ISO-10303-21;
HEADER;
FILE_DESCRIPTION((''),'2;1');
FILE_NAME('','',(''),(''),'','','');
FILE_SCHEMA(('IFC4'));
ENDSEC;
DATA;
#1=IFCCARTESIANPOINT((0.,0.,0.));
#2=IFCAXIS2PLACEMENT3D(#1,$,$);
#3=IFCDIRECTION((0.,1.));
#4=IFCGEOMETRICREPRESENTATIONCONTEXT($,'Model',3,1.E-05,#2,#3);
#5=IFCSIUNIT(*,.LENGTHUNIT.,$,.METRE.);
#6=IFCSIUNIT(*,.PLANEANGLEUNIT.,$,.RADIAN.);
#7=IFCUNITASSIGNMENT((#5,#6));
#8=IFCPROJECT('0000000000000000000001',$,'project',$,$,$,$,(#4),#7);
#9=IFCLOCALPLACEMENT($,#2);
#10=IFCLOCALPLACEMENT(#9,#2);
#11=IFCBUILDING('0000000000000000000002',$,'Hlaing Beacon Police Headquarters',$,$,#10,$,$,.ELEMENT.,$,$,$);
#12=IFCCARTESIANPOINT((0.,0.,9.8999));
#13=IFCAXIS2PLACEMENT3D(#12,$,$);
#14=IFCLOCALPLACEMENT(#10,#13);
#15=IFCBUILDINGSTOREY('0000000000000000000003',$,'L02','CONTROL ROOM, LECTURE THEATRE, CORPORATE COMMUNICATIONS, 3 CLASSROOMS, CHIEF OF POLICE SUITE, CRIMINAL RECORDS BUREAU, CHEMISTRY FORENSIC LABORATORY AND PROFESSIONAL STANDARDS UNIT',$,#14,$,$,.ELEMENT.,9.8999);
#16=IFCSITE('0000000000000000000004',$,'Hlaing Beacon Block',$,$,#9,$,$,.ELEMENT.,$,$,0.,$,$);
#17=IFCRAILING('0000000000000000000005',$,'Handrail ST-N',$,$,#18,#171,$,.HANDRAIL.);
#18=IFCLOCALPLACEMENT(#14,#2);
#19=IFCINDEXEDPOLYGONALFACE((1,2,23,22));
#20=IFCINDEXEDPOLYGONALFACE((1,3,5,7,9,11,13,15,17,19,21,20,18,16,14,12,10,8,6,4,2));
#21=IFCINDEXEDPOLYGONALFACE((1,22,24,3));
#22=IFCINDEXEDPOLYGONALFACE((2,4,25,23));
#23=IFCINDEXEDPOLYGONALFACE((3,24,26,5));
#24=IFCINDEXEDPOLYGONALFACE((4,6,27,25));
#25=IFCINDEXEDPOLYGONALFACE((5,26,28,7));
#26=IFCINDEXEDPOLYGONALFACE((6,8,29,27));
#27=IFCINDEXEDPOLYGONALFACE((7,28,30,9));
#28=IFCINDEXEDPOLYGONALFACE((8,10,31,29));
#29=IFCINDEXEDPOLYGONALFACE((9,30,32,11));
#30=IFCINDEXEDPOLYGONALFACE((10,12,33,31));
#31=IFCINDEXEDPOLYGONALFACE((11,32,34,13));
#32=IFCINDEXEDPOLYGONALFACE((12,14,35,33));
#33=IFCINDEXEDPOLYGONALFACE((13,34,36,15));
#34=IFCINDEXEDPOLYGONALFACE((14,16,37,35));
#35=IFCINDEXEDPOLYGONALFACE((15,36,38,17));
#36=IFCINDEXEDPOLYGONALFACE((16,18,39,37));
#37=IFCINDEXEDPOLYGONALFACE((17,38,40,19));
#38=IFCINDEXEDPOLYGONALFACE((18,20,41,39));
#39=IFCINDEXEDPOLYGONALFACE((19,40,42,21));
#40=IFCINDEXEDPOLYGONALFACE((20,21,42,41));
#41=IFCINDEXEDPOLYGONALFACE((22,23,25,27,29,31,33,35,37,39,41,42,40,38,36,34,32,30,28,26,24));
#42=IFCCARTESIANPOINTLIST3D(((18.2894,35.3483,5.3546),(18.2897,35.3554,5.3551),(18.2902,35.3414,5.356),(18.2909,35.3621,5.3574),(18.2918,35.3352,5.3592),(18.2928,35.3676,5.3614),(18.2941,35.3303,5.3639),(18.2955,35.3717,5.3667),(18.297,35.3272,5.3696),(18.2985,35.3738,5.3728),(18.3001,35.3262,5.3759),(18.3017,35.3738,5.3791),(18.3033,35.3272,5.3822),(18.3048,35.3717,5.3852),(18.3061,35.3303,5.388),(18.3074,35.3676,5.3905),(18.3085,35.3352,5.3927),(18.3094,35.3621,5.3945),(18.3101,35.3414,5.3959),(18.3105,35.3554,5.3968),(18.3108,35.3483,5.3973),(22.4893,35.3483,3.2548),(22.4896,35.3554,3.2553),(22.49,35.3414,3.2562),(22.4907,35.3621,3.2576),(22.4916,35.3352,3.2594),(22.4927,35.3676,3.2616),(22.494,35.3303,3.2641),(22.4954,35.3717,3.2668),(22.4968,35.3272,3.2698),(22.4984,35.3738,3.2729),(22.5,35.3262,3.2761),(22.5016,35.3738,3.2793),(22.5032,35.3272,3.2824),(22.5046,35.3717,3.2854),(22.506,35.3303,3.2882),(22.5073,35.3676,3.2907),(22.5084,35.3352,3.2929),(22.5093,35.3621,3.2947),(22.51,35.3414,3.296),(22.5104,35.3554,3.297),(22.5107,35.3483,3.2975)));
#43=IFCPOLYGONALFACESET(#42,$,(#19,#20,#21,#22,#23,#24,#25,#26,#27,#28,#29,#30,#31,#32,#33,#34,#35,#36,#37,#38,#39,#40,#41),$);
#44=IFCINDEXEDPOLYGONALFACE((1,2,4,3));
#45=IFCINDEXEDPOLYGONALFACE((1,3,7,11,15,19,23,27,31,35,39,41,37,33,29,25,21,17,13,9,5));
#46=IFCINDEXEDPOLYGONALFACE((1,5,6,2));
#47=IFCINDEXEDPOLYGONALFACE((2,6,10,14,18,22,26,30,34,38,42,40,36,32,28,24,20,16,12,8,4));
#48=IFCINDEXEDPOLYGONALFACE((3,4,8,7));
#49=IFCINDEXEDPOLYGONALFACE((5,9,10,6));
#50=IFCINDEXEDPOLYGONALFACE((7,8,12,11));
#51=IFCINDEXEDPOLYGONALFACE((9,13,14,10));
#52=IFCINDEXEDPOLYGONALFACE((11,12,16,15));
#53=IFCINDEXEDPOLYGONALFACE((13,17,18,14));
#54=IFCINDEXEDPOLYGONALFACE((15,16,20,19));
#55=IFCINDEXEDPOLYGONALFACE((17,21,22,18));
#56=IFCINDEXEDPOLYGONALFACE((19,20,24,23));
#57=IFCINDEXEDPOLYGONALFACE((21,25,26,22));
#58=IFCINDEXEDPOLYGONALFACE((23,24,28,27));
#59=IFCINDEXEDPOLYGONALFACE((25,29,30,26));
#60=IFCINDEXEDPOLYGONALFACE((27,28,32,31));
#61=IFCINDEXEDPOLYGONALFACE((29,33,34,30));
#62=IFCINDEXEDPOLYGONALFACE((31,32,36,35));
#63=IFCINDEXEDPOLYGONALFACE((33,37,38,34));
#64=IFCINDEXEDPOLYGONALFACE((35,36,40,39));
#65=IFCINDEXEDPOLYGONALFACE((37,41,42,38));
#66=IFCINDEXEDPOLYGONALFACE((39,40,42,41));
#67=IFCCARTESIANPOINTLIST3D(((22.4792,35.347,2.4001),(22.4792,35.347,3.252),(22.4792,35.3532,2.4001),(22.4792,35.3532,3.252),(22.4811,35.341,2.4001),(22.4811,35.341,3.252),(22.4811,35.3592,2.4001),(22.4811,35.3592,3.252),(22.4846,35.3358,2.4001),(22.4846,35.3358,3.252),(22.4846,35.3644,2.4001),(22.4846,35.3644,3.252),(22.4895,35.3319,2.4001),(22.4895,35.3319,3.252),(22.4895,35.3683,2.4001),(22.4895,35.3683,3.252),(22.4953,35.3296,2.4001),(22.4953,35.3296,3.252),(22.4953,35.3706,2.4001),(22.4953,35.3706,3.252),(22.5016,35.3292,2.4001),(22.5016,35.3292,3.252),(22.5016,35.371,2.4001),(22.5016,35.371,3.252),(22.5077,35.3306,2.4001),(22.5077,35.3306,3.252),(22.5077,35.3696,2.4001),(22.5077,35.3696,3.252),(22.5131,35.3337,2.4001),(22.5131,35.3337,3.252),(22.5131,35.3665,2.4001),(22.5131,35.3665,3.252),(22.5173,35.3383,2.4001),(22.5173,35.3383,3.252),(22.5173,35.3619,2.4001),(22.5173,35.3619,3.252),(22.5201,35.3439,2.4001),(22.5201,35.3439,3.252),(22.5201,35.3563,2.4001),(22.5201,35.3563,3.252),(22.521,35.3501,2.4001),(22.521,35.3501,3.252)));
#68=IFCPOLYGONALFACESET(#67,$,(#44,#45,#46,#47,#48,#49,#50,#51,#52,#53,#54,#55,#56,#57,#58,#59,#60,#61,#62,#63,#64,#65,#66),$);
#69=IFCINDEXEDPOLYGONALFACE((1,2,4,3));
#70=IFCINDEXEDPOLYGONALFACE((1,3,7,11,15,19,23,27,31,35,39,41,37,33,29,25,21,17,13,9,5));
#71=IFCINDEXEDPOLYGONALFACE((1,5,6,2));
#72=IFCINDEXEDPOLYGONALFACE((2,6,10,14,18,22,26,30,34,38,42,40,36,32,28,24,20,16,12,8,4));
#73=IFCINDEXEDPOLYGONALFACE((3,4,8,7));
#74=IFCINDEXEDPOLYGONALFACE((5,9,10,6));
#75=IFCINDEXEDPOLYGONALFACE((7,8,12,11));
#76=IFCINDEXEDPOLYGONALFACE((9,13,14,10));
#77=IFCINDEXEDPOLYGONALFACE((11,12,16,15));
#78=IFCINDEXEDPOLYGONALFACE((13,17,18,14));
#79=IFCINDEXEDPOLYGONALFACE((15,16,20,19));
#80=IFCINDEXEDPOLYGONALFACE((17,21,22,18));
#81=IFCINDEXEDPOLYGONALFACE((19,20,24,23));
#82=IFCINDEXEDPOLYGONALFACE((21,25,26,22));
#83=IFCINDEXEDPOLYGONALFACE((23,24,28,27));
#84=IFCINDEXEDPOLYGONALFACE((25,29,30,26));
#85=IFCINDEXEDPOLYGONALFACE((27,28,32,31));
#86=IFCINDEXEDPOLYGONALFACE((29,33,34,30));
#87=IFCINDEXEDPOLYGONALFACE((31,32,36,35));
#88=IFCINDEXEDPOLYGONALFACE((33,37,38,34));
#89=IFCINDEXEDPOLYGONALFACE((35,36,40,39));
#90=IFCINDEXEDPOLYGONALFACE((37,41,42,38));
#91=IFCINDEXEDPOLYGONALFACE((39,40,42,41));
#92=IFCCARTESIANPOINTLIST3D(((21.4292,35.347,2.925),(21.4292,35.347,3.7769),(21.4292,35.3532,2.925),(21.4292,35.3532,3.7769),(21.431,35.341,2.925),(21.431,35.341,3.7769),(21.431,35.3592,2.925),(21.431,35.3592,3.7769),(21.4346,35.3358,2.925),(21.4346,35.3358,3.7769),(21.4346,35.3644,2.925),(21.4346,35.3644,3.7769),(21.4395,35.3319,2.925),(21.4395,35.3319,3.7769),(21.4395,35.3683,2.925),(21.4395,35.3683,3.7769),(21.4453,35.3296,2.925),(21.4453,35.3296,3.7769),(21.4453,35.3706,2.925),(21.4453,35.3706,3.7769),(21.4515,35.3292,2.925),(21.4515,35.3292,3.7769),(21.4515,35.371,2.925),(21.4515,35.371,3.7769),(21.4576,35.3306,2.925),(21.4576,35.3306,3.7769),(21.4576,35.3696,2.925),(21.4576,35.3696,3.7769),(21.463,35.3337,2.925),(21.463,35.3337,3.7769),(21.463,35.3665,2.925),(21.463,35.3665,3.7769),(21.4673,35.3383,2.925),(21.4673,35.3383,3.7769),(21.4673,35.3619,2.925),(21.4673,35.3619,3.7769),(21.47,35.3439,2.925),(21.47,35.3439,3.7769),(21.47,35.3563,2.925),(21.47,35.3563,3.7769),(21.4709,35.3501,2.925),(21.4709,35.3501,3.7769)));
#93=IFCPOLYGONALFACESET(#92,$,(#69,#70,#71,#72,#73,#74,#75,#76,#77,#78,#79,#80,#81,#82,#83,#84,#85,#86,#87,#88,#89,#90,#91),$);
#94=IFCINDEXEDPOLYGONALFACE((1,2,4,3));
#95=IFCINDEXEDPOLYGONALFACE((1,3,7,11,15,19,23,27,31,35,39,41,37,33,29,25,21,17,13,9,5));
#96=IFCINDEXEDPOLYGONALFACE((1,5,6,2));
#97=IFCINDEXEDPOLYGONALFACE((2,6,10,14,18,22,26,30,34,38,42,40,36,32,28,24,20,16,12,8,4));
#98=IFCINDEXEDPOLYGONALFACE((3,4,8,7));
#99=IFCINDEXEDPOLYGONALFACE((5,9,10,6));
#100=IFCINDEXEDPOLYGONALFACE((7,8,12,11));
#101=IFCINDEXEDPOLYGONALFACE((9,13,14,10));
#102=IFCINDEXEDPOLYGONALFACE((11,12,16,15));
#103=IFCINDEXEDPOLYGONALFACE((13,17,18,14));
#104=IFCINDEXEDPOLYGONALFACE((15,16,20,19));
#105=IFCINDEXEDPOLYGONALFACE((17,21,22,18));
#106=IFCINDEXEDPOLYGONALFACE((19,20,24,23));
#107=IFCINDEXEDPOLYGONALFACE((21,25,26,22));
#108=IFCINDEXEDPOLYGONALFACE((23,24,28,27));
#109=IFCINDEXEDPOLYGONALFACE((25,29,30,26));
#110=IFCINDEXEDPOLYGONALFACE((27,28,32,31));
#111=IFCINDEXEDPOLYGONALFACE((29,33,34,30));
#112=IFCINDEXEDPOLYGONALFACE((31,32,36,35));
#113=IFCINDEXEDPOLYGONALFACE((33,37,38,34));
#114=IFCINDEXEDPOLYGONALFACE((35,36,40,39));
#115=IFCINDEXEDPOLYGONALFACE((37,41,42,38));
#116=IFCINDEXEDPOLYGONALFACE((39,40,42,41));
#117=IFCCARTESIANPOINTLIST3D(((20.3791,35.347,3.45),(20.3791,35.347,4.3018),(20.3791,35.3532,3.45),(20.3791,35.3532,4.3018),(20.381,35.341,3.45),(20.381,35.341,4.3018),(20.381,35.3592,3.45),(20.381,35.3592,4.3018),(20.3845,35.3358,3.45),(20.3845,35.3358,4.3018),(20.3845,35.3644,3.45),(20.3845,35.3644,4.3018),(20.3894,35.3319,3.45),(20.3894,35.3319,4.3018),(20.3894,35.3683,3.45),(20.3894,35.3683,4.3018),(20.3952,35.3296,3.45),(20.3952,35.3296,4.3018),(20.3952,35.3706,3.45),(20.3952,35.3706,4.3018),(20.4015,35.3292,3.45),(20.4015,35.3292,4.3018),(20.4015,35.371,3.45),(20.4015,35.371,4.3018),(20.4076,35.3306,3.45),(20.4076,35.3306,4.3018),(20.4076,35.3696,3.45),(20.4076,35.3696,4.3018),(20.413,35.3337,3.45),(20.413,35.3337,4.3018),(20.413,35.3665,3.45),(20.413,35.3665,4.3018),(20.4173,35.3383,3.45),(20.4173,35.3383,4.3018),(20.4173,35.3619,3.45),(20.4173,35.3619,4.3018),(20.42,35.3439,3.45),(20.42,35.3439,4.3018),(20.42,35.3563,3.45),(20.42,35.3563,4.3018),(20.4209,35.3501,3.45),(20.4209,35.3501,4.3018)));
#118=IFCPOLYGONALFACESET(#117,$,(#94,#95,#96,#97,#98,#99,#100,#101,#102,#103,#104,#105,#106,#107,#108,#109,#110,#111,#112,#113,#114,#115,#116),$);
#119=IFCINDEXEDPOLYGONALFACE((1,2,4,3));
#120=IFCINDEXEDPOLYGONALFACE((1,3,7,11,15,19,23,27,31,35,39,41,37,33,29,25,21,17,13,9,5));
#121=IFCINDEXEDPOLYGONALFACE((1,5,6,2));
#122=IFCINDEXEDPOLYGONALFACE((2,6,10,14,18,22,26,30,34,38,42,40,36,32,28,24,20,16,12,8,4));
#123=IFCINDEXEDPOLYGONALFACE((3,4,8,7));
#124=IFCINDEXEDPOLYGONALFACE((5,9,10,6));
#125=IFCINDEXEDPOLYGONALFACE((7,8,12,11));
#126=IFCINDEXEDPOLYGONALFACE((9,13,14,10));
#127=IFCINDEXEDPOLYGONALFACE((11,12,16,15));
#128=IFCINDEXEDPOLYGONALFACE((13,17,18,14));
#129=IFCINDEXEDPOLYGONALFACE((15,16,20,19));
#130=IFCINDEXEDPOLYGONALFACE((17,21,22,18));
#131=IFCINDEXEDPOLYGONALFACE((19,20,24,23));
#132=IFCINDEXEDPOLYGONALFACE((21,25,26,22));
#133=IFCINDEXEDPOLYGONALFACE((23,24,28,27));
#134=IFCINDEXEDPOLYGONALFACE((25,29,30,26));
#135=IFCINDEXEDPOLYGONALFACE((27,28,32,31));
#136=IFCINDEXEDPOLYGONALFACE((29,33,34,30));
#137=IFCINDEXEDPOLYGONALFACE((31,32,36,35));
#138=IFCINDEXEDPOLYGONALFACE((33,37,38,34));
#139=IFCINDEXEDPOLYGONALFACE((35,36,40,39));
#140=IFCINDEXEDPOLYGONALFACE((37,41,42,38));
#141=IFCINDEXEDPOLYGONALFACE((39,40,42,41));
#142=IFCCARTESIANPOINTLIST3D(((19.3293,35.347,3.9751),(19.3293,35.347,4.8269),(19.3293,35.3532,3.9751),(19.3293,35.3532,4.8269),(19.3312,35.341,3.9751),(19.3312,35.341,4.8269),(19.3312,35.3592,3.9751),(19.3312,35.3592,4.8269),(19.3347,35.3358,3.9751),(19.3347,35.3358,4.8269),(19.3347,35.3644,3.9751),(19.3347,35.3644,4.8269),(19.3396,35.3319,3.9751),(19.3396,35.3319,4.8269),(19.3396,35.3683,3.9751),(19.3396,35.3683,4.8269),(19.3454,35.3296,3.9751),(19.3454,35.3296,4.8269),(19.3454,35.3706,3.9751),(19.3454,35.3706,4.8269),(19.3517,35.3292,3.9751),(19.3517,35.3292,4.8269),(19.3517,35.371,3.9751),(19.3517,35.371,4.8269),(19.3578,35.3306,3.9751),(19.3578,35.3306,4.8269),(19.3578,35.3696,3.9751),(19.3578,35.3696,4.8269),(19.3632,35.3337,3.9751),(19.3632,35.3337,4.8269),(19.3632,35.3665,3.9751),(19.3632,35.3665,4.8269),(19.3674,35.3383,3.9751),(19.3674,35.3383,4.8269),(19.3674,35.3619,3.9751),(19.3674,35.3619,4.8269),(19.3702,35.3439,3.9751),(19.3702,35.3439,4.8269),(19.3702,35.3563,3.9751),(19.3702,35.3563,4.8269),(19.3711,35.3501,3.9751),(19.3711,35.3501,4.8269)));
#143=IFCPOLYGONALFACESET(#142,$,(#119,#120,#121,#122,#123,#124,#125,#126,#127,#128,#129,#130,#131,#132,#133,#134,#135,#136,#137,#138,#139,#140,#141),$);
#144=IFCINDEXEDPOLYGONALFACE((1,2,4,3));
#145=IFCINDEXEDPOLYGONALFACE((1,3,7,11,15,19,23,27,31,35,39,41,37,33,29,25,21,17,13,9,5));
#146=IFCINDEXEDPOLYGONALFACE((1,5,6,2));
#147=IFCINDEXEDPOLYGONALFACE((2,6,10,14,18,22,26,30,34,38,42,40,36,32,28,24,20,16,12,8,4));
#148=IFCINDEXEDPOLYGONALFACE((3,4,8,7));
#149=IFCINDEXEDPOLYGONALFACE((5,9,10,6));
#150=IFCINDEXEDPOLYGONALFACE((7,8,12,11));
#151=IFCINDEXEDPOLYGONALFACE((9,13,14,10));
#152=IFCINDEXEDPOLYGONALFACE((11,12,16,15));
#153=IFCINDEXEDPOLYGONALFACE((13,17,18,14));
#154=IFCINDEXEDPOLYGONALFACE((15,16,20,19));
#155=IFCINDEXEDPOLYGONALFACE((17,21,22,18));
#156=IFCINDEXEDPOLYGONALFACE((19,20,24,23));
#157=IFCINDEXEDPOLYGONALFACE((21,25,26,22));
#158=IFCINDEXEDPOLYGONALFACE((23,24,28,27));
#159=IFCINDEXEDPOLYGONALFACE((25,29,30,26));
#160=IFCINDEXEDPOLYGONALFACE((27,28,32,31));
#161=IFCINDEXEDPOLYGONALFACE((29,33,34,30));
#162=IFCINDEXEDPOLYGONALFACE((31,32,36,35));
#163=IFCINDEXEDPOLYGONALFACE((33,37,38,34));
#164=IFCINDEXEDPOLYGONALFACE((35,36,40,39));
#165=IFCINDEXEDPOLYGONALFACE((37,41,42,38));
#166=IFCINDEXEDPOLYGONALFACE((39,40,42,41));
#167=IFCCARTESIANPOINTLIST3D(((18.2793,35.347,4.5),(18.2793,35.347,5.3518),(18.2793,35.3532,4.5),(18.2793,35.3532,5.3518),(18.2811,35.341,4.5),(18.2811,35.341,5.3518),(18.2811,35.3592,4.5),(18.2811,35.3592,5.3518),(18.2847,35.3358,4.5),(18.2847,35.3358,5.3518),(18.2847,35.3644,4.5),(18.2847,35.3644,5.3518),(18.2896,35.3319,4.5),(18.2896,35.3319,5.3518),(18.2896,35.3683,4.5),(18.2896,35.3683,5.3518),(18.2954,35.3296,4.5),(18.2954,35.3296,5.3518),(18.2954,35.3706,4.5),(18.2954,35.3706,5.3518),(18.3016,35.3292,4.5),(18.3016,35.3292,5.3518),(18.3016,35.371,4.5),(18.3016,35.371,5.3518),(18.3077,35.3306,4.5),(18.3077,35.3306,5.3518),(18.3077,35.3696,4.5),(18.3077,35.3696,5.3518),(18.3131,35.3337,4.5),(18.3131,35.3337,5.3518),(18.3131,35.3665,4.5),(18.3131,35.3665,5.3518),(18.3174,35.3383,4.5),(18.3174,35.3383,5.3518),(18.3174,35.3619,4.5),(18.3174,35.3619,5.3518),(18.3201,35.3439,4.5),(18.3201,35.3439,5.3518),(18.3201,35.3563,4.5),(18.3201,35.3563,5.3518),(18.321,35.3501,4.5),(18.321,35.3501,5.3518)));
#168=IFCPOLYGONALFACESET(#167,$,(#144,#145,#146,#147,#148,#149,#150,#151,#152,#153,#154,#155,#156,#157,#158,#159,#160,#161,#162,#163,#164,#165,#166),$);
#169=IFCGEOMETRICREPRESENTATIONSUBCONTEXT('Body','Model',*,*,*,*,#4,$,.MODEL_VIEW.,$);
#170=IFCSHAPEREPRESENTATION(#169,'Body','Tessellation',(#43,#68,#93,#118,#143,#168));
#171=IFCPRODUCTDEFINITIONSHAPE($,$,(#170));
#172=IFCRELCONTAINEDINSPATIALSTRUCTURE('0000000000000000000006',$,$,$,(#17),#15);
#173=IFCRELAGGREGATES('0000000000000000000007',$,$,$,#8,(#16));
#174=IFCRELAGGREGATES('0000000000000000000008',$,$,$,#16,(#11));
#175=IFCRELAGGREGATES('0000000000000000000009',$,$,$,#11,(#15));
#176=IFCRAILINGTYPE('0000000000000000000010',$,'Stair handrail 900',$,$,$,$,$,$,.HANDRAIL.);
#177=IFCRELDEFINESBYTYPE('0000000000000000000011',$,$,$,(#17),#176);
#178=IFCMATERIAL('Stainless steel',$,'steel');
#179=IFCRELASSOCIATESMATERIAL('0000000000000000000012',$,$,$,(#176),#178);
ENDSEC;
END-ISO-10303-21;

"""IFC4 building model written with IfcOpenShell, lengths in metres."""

from ifc_helpers import new_model, si_unit, direction, frame, origin, origin_2d, place, context, subcontext, project, spatial, circle, extrude, material, type_object, element, save


model = new_model("IFC4")

# Units and contexts
model_context = context("Model", 3, precision=1e-05, world=origin(), true_north=direction((0.0, 1.0)))
body_context = subcontext(model_context, "Body", "Model", "MODEL_VIEW")
ifc_project = project(units=[si_unit("LENGTHUNIT", "METRE"), si_unit("PLANEANGLEUNIT", "RADIAN")], contexts=[model_context])

# Site, building, storey
site_placement = place(None, origin())
site = spatial("IfcSite", under=ifc_project, at=site_placement, Name="Hlaing Beacon Block", CompositionType="ELEMENT", RefElevation=0.0)
building_placement = place(site_placement, origin())
building = spatial("IfcBuilding", under=site, at=building_placement, Name="Hlaing Beacon Police Headquarters", CompositionType="ELEMENT")
storey_placement = place(building_placement, frame((0.0, 0.0, 9.8999)))
storey = spatial("IfcBuildingStorey", under=building, at=storey_placement, Name="L02", Description="CONTROL ROOM, LECTURE THEATRE, CORPORATE COMMUNICATIONS, 3 CLASSROOMS, CHIEF OF POLICE SUITE, CRIMINAL RECORDS BUREAU, CHEMISTRY FORENSIC LABORATORY AND PROFESSIONAL STANDARDS UNIT", CompositionType="ELEMENT", Elevation=9.8999)

# Railing
ifc_material_1 = material(Name="Stainless steel", Category="steel")
railing_type_1 = type_object("IfcRailingType", Name="Stair handrail 900", PredefinedType="HANDRAIL", material=ifc_material_1)
for number, where, name in (
    (1, (22.5, 35.3501, 2.4001), "Handrail ST-N"),
):
    element("IfcRailing", number, at=place(storey_placement, frame(where)), inside=storey, type_object=railing_type_1, Name=name, PredefinedType="HANDRAIL", context=body_context, shape_type="SweptSolid", body=[
        extrude(circle(Radius=0.0239, at=origin_2d()), frame((0.0, 0.0, 0.876), z_axis=(-0.894438, 0.0, 0.447193), x_axis=(0.0, -1.0, 0.0)), (0.0, 0.0, 1.0), 4.6956),
        extrude(circle(Radius=0.021, at=origin_2d()), origin(), (0.0, 0.0, 1.0), 0.8518),
        extrude(circle(Radius=0.021, at=origin_2d()), frame((-1.05, 0.0, 0.5249)), (0.0, 0.0, 1.0), 0.8518),
        extrude(circle(Radius=0.021, at=origin_2d()), frame((-2.1001, 0.0, 1.0498)), (0.0, 0.0, 1.0), 0.8518),
        extrude(circle(Radius=0.021, at=origin_2d()), frame((-3.1499, 0.0, 1.575)), (0.0, 0.0, 1.0), 0.8518),
        extrude(circle(Radius=0.021, at=origin_2d()), frame((-4.2, 0.0, 2.0999)), (0.0, 0.0, 1.0), 0.8518),
    ])

save(model, "model.ifc")
